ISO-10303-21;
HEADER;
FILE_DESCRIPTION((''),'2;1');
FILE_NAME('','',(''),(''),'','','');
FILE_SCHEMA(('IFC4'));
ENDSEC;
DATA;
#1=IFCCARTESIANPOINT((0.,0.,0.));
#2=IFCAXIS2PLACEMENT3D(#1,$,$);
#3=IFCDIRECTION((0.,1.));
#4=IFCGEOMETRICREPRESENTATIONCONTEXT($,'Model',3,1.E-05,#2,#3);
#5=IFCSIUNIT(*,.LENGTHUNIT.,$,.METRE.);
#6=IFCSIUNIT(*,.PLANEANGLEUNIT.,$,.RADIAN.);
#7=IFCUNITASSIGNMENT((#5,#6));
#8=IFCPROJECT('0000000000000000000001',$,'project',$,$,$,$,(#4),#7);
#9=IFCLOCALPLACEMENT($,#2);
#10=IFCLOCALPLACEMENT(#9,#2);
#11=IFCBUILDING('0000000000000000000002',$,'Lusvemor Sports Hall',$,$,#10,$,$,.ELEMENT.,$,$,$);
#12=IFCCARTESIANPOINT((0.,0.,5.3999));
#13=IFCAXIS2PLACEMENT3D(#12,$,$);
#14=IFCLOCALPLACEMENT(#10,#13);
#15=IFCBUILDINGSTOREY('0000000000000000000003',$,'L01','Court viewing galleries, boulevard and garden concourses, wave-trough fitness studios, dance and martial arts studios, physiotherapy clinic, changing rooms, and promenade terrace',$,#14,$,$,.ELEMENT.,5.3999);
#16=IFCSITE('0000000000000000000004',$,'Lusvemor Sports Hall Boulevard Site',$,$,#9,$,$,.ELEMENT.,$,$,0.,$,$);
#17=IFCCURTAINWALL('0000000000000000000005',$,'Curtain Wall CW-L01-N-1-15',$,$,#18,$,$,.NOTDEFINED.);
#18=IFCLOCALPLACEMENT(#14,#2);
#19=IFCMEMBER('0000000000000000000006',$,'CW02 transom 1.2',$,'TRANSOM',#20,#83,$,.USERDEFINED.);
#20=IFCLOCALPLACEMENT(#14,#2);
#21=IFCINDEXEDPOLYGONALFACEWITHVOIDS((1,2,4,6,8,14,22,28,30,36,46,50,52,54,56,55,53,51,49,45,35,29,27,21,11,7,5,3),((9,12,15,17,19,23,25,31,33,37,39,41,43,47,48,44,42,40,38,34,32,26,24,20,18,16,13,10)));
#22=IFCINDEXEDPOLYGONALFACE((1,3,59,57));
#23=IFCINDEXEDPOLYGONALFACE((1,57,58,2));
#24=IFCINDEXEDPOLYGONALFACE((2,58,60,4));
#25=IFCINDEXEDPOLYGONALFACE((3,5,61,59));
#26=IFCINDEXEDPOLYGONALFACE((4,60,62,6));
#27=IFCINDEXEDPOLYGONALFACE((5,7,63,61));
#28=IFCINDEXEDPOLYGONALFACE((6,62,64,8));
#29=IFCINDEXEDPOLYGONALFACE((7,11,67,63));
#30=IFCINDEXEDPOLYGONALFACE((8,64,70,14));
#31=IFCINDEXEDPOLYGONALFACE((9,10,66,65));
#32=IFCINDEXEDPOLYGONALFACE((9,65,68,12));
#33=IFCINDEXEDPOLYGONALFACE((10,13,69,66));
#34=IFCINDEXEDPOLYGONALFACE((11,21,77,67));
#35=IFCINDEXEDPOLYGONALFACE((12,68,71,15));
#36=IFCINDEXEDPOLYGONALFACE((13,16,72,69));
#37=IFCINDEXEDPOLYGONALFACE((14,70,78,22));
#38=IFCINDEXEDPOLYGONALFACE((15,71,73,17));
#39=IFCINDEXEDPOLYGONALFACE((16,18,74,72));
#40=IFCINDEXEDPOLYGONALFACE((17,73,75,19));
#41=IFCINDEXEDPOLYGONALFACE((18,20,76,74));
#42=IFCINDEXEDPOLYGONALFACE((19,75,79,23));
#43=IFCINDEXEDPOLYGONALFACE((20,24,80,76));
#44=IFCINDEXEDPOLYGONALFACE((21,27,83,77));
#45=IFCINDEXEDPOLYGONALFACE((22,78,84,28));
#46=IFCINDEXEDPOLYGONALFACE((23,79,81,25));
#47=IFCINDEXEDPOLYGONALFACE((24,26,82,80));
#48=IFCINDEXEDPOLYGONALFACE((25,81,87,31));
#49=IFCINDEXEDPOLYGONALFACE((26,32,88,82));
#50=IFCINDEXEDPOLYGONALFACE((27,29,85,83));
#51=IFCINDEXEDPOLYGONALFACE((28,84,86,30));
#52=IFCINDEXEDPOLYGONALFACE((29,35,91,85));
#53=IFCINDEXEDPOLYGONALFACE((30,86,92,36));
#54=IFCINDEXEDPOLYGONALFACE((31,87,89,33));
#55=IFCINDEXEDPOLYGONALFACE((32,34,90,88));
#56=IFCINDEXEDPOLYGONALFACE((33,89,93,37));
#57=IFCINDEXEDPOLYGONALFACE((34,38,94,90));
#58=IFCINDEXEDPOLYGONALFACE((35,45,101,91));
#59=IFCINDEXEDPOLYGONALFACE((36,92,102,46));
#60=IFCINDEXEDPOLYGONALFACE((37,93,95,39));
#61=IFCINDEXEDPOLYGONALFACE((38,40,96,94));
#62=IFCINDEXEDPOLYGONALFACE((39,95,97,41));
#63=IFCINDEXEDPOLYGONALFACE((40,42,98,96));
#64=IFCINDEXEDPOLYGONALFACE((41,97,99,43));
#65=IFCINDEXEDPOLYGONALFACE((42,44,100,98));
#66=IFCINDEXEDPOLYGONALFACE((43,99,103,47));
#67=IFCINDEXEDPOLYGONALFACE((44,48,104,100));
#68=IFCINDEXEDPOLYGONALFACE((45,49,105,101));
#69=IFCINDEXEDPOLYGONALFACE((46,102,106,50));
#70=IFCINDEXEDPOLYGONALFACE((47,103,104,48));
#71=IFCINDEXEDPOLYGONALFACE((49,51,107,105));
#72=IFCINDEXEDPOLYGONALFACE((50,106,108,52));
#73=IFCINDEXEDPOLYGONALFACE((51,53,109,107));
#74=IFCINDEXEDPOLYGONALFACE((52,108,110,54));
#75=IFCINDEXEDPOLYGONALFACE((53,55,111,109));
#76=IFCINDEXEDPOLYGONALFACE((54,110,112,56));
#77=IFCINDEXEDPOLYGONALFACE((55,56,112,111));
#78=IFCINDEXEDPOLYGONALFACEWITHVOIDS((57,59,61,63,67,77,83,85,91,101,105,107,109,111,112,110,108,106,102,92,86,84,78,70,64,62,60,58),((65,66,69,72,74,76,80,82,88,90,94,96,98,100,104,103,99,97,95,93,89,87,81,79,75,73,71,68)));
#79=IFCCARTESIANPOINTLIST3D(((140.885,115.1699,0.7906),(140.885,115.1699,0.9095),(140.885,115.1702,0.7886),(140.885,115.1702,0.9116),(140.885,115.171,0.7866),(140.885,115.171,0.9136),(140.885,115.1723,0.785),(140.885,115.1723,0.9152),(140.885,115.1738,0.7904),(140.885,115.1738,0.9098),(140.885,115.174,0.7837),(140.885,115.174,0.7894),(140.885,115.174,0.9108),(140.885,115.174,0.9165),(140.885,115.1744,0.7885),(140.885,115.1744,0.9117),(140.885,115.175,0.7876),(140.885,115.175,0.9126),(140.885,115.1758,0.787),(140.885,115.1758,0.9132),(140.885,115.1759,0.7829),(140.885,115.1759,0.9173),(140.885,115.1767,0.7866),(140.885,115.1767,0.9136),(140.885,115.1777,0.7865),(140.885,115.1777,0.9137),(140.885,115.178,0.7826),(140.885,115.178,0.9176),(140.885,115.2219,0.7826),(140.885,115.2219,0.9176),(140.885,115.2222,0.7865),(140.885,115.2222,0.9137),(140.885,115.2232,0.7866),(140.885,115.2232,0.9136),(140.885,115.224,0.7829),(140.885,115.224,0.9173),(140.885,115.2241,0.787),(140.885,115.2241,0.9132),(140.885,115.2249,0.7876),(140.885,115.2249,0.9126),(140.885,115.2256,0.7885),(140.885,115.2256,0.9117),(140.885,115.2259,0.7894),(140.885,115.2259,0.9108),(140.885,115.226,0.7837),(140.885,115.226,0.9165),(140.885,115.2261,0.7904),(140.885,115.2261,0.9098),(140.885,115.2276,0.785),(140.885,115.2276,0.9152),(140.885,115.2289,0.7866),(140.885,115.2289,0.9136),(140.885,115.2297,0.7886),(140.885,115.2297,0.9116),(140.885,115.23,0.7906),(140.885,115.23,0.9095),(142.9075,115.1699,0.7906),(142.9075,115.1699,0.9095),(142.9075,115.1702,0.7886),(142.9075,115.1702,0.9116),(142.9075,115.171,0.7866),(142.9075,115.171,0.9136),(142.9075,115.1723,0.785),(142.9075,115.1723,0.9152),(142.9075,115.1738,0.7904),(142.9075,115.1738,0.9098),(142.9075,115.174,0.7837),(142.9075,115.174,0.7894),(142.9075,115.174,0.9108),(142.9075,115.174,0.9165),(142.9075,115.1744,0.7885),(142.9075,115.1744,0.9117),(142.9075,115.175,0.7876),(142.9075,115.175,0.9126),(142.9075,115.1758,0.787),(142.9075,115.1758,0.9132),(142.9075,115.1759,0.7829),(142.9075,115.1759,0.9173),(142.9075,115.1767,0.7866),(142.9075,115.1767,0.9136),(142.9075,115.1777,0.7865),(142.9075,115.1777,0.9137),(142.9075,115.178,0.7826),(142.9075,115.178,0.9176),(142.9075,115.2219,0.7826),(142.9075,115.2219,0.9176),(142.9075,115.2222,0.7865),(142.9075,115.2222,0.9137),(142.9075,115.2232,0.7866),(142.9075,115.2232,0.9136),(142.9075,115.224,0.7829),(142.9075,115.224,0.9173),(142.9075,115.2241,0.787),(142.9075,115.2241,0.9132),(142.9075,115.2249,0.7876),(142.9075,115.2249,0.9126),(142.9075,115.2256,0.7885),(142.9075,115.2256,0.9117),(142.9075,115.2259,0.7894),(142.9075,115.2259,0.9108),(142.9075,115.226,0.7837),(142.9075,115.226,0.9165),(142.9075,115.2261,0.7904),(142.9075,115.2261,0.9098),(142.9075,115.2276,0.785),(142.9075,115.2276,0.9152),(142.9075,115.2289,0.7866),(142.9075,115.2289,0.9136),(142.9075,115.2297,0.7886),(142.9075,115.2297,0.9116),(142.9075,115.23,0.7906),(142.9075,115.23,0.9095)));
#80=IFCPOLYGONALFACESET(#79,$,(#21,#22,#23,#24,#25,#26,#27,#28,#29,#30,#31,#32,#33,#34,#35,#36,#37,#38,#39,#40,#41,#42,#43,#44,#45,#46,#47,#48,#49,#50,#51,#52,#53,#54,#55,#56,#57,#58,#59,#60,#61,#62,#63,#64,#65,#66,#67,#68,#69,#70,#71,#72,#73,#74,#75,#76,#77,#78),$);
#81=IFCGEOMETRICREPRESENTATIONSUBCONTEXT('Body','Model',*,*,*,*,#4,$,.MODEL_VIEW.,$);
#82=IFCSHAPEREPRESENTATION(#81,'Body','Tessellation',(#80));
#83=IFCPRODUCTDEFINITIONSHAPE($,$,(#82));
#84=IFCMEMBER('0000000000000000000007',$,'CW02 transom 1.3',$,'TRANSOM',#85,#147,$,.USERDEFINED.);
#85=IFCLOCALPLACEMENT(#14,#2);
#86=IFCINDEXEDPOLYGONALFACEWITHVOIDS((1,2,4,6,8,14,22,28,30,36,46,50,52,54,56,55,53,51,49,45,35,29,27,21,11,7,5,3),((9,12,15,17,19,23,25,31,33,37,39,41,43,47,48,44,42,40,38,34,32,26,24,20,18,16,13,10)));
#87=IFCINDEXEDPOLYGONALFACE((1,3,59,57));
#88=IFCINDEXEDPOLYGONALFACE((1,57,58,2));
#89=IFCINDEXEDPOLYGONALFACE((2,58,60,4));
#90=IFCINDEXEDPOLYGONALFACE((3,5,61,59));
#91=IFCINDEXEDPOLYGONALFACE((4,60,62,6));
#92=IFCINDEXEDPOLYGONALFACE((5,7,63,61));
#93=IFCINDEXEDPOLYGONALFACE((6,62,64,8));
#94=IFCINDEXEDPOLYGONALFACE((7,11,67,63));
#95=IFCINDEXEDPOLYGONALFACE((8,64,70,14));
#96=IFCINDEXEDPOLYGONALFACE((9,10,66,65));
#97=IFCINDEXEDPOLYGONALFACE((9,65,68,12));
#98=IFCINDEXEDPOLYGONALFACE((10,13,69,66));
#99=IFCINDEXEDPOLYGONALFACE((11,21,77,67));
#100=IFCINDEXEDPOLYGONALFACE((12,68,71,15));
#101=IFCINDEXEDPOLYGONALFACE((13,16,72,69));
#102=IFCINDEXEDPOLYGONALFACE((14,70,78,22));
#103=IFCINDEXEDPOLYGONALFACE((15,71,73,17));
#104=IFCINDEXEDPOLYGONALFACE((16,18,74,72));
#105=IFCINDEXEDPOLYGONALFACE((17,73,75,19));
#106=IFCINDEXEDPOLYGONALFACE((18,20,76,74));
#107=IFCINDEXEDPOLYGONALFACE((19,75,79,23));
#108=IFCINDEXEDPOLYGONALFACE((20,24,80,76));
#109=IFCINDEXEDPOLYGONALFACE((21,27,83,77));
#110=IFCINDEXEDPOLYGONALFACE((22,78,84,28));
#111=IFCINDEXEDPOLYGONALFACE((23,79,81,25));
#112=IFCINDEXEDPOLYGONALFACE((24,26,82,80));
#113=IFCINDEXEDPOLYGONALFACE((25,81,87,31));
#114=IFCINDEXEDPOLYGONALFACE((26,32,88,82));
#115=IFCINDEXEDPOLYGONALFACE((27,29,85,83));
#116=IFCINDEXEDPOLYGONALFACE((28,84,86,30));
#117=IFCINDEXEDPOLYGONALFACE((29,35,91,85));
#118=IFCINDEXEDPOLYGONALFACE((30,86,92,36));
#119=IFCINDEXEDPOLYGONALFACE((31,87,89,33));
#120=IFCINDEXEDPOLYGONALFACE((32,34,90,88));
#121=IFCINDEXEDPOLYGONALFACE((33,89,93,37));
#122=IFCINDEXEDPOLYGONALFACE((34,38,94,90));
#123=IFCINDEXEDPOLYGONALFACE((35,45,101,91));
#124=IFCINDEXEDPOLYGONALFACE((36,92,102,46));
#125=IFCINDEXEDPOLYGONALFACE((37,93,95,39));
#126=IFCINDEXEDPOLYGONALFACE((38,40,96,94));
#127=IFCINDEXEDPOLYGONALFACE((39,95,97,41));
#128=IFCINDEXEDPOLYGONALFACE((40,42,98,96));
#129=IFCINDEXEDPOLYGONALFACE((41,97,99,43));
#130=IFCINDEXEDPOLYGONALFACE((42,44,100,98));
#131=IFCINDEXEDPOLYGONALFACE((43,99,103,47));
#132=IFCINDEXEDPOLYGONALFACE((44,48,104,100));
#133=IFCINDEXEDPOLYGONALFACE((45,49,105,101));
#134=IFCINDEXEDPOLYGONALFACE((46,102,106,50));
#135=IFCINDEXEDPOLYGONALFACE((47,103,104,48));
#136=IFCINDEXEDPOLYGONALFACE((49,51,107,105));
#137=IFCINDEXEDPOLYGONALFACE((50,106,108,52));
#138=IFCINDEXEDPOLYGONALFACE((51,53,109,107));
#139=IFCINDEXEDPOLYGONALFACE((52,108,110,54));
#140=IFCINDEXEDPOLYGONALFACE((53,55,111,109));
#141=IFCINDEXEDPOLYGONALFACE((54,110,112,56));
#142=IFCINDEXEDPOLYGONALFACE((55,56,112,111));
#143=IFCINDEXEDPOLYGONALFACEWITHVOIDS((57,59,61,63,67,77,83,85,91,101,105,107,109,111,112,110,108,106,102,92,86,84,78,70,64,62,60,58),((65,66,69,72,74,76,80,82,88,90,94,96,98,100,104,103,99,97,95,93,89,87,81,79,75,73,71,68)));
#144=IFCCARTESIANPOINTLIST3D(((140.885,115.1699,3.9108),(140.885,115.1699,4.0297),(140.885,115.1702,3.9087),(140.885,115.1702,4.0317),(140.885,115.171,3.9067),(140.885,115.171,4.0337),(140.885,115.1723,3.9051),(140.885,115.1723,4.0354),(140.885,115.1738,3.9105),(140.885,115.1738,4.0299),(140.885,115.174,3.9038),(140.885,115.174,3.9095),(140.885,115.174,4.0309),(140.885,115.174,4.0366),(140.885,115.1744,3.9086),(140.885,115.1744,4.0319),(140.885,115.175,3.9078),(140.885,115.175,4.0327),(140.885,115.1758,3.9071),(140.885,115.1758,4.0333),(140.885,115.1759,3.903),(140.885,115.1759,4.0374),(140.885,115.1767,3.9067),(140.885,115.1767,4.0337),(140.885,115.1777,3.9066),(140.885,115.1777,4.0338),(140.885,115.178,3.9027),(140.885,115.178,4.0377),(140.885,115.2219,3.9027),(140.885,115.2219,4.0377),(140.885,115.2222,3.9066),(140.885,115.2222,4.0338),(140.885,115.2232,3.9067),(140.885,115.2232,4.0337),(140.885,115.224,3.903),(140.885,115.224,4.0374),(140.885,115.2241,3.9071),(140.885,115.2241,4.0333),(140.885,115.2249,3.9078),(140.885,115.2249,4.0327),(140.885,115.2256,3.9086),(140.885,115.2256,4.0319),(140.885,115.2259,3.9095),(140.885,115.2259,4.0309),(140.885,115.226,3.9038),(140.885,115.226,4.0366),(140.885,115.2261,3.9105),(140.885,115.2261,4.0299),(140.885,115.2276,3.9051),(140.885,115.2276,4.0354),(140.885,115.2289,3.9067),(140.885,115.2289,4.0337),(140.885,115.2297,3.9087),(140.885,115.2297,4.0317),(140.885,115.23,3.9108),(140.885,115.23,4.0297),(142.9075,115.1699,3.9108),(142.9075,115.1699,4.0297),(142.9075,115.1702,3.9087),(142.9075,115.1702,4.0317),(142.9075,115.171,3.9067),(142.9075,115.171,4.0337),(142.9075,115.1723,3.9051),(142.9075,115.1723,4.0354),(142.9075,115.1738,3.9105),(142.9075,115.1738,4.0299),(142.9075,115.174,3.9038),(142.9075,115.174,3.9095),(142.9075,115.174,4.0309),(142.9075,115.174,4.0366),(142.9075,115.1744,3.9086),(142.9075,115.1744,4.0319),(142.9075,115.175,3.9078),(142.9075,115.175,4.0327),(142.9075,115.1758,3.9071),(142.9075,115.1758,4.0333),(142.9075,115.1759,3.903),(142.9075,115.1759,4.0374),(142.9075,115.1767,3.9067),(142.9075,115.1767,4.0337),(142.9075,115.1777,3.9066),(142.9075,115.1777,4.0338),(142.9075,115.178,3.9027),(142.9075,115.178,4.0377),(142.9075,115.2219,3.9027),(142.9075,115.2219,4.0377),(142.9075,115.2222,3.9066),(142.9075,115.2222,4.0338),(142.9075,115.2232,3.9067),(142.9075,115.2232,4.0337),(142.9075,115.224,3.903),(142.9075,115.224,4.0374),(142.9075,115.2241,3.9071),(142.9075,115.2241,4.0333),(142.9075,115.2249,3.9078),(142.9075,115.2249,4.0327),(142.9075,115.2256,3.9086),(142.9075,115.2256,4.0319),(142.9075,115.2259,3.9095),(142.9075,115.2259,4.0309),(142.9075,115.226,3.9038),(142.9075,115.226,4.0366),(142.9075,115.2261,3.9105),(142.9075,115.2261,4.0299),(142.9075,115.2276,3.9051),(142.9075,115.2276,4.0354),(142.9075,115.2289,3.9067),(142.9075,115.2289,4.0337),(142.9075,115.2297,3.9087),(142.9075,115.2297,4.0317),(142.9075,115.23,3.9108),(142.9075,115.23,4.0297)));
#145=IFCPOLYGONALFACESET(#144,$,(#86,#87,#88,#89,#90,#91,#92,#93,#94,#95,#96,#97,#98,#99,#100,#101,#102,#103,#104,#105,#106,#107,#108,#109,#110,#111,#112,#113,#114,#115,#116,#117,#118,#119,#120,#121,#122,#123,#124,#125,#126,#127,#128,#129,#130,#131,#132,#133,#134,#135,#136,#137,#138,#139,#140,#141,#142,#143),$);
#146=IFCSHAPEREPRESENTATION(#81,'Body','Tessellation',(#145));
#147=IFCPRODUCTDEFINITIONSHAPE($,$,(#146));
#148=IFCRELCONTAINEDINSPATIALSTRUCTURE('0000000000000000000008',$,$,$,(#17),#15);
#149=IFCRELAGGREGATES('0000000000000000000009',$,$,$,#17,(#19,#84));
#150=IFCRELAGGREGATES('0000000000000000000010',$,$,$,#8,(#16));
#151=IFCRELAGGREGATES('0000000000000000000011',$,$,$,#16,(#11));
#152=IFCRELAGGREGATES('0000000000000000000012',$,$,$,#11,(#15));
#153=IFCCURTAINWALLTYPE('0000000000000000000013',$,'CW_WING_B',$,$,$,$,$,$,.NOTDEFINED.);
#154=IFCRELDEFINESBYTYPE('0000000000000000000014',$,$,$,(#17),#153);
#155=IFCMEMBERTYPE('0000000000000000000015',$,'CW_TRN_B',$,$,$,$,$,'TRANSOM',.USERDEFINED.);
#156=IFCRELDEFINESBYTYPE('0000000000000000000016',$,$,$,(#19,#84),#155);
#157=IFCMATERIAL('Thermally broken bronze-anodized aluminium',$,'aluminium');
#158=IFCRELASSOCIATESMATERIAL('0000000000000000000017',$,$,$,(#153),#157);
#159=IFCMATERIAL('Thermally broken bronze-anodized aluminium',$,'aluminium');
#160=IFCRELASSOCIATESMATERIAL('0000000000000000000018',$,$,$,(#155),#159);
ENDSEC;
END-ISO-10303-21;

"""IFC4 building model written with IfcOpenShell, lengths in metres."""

from ifc_helpers import new_model, si_unit, direction, frame, origin, origin_2d, place, context, subcontext, project, spatial, hollow_rectangle, extrude, material, material_profile, profile_set, type_object, element, aggregate, save


model = new_model("IFC4")

# Units and contexts
model_context = context("Model", 3, precision=1e-05, world=origin(), true_north=direction((0.0, 1.0)))
body_context = subcontext(model_context, "Body", "Model", "MODEL_VIEW")
ifc_project = project(units=[si_unit("LENGTHUNIT", "METRE"), si_unit("PLANEANGLEUNIT", "RADIAN")], contexts=[model_context])

# Site, building, storey
site_placement = place(None, origin())
site = spatial("IfcSite", under=ifc_project, at=site_placement, Name="Lusvemor Sports Hall Boulevard Site", CompositionType="ELEMENT", RefElevation=0.0)
building_placement = place(site_placement, origin())
building = spatial("IfcBuilding", under=site, at=building_placement, Name="Lusvemor Sports Hall", CompositionType="ELEMENT")
storey_placement = place(building_placement, frame((0.0, 0.0, 5.3999)))
storey = spatial("IfcBuildingStorey", under=building, at=storey_placement, Name="L01", Description="Court viewing galleries, boulevard and garden concourses, wave-trough fitness studios, dance and martial arts studios, physiotherapy clinic, changing rooms, and promenade terrace", CompositionType="ELEMENT", Elevation=5.3999)

# Curtain wall, members
ifc_material_1 = material(Name="Thermally broken bronze-anodized aluminium", Category="aluminium")
curtain_wall_type = type_object("IfcCurtainWallType", Name="CW_WING_B", PredefinedType="NOTDEFINED", material=ifc_material_1)
curtain_wall_placement = place(storey_placement, origin())
curtain_wall = element("IfcCurtainWall", 1, at=curtain_wall_placement, inside=storey, type_object=curtain_wall_type, Name="Curtain Wall CW-L01-N-1-15", PredefinedType="NOTDEFINED")
ifc_material_2 = material(Name="Thermally broken bronze-anodized aluminium", Category="aluminium")
ifc_material_profile_1 = material_profile(ifc_material_2, hollow_rectangle(XDim=0.0601, YDim=0.135, WallThickness=0.0039, InnerFilletRadius=0.0039, OuterFilletRadius=0.0081, at=origin_2d()), Name="CWTRN135x60x4")
ifc_profile_set_1 = profile_set([ifc_material_profile_1], Name="Thermally broken bronze-anodized aluminium")
member_type_1 = type_object("IfcMemberType", Name="CW_TRN_B", ElementType="TRANSOM", PredefinedType="USERDEFINED", material=ifc_profile_set_1)
member_1_placement = place(storey_placement, frame((140.885, 115.2, 0.8501), z_axis=(1.0, 0.0, 0.0), x_axis=(0.0, 1.0, 0.0)))
member_1 = element("IfcMember", 2, at=member_1_placement, type_object=member_type_1, Name="CW02 transom 1.2", ObjectType="TRANSOM", PredefinedType="USERDEFINED", context=body_context, shape_type="SweptSolid", body=[
    extrude(hollow_rectangle(XDim=0.0601, YDim=0.135, WallThickness=0.0039, InnerFilletRadius=0.0039, OuterFilletRadius=0.0081, at=origin_2d()), origin(), (0.0, 0.0, 1.0), 2.0225),
])
member_2_placement = place(storey_placement, frame((140.885, 115.2, 3.9702), z_axis=(1.0, 0.0, 0.0), x_axis=(0.0, 1.0, 0.0)))
member_2 = element("IfcMember", 3, at=member_2_placement, type_object=member_type_1, Name="CW02 transom 1.3", ObjectType="TRANSOM", PredefinedType="USERDEFINED", context=body_context, shape_type="SweptSolid", body=[
    extrude(hollow_rectangle(XDim=0.0601, YDim=0.135, WallThickness=0.0039, InnerFilletRadius=0.0039, OuterFilletRadius=0.0081, at=origin_2d()), origin(), (0.0, 0.0, 1.0), 2.0225),
])

aggregate(curtain_wall, [member_1, member_2])

save(model, "model.ifc")
